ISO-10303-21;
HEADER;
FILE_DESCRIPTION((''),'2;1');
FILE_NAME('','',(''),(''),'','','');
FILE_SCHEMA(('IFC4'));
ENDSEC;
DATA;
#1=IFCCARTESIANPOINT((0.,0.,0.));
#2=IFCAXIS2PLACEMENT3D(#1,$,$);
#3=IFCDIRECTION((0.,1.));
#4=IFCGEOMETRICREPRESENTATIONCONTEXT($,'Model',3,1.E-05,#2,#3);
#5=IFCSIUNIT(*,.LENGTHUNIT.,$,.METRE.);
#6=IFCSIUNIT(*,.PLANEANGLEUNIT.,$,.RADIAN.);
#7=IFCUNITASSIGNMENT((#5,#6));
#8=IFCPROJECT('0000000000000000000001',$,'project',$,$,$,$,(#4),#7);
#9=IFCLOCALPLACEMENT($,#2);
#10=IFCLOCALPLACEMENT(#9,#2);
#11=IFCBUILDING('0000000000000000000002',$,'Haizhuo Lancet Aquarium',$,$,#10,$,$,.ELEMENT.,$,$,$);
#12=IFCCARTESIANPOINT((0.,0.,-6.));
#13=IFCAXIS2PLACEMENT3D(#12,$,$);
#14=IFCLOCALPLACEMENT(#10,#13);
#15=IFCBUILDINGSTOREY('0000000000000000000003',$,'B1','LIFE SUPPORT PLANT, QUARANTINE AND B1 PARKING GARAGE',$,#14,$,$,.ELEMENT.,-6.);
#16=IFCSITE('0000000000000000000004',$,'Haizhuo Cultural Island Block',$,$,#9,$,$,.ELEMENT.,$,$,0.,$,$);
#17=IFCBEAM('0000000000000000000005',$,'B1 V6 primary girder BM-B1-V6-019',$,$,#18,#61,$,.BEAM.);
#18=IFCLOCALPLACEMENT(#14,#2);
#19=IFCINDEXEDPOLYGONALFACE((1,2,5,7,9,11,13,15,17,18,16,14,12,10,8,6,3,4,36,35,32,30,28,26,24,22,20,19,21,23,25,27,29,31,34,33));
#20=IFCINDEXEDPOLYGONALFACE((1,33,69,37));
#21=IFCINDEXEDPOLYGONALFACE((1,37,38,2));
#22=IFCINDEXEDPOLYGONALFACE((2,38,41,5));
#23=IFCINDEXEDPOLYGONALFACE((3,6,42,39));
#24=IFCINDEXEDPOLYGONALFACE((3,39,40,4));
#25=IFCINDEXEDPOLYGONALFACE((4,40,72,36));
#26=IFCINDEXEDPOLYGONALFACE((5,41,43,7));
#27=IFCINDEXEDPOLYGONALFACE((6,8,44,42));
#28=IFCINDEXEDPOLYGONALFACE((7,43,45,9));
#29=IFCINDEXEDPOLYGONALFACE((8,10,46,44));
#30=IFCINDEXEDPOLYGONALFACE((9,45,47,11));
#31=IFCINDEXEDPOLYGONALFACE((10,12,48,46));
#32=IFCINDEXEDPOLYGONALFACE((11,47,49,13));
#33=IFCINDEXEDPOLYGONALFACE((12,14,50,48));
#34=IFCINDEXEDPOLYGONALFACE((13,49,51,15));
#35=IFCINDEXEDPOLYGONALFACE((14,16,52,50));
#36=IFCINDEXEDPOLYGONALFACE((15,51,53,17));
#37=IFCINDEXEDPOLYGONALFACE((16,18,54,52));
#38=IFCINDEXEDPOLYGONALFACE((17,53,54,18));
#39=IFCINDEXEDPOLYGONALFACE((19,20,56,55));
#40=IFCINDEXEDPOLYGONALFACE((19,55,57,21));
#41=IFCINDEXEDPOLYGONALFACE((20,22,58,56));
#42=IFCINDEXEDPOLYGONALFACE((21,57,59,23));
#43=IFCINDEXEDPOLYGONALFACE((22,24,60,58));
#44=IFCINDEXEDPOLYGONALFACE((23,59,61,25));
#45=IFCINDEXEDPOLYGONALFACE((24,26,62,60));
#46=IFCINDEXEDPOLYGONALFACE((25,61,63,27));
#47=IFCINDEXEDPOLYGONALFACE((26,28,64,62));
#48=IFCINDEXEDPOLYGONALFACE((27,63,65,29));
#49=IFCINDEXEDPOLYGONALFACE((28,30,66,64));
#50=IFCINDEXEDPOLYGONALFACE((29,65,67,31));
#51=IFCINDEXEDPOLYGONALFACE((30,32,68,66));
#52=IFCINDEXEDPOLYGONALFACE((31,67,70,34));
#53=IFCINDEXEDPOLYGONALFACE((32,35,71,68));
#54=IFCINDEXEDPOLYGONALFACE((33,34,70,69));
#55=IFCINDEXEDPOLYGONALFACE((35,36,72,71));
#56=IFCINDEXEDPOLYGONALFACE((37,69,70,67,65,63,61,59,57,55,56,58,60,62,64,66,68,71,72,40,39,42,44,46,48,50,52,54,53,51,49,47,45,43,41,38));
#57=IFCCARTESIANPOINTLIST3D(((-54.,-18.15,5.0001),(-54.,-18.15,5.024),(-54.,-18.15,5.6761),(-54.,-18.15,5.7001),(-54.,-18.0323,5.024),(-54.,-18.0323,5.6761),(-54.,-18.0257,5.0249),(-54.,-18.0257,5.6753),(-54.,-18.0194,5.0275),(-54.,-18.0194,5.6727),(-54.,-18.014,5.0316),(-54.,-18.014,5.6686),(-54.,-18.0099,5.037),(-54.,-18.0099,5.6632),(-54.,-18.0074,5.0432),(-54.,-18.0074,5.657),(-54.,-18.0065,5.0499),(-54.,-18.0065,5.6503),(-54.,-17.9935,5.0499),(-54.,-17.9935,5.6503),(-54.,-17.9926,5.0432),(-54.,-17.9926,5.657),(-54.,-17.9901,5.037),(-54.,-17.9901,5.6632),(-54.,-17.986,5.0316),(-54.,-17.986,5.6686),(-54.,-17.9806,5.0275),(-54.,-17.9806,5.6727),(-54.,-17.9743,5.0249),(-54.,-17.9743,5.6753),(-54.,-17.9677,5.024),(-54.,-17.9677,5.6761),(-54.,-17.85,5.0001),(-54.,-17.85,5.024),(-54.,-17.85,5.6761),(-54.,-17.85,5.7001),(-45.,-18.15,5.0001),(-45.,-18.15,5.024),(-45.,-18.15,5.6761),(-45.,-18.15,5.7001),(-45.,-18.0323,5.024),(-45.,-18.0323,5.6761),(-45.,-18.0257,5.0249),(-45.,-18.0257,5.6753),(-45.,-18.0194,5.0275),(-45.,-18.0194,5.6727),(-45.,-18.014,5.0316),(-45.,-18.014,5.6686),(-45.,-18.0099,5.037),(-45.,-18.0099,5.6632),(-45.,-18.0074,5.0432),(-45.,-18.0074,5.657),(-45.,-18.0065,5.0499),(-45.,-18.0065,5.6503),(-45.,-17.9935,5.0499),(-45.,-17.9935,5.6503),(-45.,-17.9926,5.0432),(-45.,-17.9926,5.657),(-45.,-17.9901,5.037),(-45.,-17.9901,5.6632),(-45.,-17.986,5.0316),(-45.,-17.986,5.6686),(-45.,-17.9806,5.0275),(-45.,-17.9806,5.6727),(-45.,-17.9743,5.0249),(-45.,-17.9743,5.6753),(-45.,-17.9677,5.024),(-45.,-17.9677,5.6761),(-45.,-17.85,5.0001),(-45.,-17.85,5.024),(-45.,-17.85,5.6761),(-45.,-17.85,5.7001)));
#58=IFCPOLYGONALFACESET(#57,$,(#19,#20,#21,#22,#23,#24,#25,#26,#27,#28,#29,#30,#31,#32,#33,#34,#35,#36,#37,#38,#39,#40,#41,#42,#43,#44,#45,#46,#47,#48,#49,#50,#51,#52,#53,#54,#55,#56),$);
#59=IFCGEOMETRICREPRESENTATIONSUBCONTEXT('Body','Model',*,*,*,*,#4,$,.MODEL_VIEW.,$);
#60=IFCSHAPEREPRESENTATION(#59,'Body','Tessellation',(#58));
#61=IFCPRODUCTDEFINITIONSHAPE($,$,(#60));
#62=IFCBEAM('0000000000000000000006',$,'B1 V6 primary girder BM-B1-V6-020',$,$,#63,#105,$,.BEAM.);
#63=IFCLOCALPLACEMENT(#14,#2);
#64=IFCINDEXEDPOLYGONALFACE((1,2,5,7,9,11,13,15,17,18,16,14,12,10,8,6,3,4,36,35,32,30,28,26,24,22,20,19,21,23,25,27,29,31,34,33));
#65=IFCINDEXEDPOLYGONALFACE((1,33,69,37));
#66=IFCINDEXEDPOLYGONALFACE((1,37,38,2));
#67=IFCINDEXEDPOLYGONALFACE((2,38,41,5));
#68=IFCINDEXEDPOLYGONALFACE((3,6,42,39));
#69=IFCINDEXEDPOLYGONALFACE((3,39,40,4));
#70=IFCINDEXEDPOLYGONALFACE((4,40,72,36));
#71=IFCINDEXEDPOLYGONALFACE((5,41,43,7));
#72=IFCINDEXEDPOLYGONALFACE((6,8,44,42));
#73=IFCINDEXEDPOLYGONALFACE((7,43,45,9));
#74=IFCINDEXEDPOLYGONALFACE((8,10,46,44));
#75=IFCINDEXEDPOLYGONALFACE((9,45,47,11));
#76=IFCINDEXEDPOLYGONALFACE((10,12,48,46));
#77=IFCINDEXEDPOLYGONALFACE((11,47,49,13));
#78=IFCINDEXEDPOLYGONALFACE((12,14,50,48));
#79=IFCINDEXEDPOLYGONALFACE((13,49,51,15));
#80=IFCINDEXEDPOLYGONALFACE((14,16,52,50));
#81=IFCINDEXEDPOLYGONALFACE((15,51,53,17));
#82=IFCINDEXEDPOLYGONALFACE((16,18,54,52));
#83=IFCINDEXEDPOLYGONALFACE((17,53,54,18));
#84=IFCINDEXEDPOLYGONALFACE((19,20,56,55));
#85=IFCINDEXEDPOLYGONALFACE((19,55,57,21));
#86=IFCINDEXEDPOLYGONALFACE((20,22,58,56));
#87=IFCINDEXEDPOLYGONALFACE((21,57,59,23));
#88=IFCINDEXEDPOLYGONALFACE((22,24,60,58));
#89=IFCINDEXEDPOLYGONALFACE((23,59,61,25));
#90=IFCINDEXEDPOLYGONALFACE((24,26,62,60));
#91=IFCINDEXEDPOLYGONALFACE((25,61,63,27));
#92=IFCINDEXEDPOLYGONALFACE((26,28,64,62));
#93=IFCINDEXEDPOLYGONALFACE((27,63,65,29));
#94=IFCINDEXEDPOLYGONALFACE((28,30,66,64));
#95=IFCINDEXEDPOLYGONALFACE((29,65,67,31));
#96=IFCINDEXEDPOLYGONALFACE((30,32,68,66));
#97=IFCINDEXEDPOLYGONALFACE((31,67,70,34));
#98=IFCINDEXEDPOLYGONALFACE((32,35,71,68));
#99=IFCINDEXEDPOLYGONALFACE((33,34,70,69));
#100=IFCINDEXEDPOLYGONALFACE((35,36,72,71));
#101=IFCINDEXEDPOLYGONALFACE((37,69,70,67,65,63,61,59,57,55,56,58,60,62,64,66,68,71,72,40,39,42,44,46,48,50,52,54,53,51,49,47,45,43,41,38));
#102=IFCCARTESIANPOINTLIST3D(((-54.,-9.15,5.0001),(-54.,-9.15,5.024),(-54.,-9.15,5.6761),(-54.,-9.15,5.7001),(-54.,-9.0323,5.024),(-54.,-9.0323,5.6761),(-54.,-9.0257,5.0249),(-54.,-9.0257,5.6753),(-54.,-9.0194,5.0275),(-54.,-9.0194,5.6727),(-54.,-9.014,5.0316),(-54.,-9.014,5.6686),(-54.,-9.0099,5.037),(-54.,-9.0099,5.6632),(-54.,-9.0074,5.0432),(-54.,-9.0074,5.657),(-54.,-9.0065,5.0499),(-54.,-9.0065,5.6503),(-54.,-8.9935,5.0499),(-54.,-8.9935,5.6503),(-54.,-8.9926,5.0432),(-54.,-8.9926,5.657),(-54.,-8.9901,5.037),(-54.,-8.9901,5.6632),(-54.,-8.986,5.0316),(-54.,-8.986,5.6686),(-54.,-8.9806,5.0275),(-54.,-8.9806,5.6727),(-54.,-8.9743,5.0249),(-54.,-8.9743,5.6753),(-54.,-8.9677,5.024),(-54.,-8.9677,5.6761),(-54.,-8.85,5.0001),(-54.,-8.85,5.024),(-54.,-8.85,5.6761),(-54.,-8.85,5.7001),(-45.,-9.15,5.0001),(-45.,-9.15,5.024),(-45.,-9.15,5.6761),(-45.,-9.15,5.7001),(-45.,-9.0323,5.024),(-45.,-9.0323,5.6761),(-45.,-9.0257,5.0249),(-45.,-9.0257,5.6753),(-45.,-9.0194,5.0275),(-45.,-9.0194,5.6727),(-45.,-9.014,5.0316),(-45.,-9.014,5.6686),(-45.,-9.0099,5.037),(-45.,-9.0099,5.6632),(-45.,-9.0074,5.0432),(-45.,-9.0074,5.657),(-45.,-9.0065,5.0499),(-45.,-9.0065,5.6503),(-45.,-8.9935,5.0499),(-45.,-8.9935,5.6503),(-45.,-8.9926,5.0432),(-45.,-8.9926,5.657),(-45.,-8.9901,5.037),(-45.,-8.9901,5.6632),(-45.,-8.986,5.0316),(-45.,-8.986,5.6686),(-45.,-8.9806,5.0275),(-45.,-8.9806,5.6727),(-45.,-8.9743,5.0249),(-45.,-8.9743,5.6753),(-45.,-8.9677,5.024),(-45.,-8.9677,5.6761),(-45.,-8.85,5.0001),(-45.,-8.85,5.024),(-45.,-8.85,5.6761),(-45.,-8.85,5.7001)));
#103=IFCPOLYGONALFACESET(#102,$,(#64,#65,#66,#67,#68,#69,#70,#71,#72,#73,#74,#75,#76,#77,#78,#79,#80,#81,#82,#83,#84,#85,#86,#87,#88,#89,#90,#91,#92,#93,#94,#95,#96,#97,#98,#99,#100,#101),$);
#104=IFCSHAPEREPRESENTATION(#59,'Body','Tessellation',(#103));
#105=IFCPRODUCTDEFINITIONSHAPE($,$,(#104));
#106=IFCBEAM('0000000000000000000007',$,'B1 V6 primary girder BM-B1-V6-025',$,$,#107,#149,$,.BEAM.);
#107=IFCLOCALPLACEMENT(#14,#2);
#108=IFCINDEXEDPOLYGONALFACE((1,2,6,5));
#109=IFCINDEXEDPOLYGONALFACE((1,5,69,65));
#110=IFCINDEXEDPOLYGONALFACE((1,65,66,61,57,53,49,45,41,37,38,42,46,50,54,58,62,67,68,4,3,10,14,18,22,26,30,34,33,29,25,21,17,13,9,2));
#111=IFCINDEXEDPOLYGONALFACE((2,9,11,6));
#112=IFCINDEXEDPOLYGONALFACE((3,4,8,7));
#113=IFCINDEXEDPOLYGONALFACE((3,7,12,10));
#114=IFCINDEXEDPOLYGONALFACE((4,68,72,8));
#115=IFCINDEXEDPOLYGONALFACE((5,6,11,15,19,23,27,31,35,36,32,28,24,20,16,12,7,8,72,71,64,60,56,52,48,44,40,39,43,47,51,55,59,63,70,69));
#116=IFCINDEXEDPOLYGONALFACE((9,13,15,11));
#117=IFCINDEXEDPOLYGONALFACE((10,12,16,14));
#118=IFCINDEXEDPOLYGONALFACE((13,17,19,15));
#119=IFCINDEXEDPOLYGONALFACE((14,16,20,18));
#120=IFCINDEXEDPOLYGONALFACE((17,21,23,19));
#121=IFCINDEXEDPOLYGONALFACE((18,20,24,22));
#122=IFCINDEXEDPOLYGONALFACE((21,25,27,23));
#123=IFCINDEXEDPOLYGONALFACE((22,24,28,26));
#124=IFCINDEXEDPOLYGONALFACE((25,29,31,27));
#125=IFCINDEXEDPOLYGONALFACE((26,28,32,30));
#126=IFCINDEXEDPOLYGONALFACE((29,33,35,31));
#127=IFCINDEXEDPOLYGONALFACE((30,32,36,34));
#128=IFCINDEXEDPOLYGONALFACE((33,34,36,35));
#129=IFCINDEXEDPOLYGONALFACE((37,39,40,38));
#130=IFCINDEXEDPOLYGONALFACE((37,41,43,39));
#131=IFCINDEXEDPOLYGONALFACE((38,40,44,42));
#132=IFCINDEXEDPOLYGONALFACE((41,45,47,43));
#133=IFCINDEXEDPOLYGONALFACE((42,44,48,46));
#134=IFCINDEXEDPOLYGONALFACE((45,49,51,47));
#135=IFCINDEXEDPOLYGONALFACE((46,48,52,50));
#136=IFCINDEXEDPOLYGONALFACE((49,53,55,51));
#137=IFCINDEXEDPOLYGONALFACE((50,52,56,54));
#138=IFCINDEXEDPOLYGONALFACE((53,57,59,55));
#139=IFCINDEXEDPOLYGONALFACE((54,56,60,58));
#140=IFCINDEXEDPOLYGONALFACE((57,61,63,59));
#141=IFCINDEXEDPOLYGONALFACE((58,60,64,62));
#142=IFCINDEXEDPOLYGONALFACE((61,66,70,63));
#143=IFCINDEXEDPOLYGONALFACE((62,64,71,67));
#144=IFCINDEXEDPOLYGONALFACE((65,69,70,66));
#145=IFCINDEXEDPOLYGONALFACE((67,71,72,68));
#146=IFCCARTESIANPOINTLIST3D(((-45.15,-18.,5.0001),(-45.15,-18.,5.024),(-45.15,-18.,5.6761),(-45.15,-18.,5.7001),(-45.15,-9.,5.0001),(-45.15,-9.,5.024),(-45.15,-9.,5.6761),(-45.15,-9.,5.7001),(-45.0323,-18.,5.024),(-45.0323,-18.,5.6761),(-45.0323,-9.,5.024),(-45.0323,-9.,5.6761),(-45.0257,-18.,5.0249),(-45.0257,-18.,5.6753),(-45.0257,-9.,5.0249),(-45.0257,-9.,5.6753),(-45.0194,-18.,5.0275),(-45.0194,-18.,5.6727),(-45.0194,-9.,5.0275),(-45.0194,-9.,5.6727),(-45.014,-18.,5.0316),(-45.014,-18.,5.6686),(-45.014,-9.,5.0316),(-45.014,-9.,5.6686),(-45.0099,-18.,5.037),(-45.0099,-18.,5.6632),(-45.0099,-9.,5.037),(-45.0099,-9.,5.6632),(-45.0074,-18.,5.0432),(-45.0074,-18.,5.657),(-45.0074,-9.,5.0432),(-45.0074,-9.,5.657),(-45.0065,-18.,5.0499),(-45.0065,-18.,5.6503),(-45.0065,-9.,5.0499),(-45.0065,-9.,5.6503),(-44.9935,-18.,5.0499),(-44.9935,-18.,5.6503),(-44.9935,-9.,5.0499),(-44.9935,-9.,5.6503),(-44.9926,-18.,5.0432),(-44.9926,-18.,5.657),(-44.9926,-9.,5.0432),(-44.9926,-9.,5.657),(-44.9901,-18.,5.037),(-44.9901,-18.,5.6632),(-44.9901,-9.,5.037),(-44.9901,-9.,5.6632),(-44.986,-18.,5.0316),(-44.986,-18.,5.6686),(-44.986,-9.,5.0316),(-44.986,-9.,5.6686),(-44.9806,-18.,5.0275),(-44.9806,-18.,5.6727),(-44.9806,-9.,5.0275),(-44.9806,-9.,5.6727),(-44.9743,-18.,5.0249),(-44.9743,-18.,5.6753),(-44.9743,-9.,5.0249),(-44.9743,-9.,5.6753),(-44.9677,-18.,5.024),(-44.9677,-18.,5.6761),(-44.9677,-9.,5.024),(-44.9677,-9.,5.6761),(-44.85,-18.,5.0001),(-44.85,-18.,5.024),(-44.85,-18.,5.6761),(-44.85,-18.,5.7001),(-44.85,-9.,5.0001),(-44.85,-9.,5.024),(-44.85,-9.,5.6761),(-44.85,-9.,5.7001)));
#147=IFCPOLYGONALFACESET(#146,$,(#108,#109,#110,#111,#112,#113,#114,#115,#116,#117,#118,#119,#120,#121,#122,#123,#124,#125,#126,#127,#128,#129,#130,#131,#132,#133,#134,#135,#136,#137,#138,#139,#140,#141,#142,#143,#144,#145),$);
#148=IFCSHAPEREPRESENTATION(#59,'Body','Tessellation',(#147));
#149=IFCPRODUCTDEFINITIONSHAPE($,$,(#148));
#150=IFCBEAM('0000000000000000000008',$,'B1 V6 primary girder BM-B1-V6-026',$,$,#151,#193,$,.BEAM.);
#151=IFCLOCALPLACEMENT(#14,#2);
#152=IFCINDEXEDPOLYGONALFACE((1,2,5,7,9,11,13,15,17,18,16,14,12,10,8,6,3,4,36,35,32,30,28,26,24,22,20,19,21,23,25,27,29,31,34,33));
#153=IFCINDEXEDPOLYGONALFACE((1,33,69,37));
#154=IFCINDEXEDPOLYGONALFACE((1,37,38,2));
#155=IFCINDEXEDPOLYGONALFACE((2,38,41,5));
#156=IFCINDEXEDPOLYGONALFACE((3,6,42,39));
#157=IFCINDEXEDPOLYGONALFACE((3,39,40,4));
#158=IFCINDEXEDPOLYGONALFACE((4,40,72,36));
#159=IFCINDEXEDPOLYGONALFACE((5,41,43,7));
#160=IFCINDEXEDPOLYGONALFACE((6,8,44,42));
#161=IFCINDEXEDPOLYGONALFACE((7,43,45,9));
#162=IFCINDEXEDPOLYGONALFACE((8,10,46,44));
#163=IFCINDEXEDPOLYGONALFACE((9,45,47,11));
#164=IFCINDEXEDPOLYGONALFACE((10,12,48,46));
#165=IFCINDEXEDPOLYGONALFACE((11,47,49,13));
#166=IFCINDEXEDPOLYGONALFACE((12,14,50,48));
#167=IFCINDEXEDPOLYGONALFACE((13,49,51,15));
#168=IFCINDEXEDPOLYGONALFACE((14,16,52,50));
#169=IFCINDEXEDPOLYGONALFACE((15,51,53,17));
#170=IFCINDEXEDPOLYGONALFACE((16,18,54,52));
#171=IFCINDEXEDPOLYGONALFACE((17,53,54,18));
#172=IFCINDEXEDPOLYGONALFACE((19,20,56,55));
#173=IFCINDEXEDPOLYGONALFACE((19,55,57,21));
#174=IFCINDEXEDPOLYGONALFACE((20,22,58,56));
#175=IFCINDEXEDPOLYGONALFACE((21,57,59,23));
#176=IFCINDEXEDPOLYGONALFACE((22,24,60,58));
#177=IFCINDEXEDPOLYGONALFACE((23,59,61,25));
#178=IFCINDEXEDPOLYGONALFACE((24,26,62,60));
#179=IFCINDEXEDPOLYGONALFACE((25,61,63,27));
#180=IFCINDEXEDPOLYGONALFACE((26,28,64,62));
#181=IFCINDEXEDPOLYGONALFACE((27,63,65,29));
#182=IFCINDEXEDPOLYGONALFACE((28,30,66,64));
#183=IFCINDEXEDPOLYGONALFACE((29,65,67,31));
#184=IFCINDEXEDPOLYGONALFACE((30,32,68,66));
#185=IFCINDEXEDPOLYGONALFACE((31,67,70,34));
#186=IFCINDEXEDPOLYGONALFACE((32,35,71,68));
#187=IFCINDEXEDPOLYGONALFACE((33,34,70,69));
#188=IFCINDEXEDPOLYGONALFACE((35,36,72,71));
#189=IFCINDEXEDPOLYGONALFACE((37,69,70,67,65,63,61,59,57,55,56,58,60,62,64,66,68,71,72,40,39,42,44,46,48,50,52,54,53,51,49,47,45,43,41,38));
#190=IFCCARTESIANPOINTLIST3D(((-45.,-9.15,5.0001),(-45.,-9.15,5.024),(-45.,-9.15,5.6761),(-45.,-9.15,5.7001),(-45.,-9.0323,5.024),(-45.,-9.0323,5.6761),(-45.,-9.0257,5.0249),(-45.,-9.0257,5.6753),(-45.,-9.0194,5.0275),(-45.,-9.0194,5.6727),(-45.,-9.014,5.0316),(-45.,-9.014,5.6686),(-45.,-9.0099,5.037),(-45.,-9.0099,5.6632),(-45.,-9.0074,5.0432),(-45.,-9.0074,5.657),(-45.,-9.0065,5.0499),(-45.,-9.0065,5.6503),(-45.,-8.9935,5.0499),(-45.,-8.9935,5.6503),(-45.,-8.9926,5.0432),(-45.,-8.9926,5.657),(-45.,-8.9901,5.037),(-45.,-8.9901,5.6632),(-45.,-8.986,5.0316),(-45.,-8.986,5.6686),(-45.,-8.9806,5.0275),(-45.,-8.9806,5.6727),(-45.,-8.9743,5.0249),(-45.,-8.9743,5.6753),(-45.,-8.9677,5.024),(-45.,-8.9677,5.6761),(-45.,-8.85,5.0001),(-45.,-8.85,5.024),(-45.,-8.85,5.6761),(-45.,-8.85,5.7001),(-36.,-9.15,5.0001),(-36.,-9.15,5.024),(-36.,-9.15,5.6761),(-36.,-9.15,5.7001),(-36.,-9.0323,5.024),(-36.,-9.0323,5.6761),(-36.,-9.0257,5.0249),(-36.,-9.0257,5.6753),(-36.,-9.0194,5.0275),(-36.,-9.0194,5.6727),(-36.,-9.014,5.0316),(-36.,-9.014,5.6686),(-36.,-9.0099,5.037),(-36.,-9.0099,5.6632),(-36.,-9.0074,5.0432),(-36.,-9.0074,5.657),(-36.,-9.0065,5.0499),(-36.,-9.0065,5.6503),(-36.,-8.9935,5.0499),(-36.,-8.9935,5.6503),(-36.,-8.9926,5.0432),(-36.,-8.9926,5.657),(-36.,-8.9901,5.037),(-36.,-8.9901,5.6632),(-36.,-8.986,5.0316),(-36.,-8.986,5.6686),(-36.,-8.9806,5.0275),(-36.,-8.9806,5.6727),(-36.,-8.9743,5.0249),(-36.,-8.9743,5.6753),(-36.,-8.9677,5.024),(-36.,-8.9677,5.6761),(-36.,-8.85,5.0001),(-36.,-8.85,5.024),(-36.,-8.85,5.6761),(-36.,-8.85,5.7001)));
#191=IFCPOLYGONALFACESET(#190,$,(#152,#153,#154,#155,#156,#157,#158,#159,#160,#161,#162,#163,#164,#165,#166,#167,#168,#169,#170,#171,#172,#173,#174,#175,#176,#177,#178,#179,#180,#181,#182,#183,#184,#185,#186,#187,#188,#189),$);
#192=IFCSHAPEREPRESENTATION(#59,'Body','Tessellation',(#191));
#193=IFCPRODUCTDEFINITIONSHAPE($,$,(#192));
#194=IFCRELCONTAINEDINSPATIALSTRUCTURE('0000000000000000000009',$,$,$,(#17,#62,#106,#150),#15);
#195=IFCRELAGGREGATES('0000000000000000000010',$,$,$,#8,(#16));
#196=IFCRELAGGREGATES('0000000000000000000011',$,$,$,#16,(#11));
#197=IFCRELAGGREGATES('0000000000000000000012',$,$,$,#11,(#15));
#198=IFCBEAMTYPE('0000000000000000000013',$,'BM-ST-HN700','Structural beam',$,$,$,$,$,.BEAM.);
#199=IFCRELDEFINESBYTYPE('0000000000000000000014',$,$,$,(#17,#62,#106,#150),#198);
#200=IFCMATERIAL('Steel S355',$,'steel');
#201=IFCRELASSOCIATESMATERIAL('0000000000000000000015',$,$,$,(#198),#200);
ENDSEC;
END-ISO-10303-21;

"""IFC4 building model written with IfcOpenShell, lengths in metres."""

from ifc_helpers import new_model, si_unit, direction, frame, origin, origin_2d, place, context, subcontext, project, spatial, i_section, extrude, material, material_profile, profile_set, type_object, element, save


model = new_model("IFC4")

# Units and contexts
model_context = context("Model", 3, precision=1e-05, world=origin(), true_north=direction((0.0, 1.0)))
body_context = subcontext(model_context, "Body", "Model", "MODEL_VIEW")
ifc_project = project(units=[si_unit("LENGTHUNIT", "METRE"), si_unit("PLANEANGLEUNIT", "RADIAN")], contexts=[model_context])

# Site, building, storey
site_placement = place(None, origin())
site = spatial("IfcSite", under=ifc_project, at=site_placement, Name="Haizhuo Cultural Island Block", CompositionType="ELEMENT", RefElevation=0.0)
building_placement = place(site_placement, origin())
building = spatial("IfcBuilding", under=site, at=building_placement, Name="Haizhuo Lancet Aquarium", CompositionType="ELEMENT")
storey_placement = place(building_placement, frame((0.0, 0.0, -6.0)))
storey = spatial("IfcBuildingStorey", under=building, at=storey_placement, Name="B1", Description="LIFE SUPPORT PLANT, QUARANTINE AND B1 PARKING GARAGE", CompositionType="ELEMENT", Elevation=-6.0)

# Beams
ifc_material_1 = material(Name="Steel S355", Category="steel")
ifc_material_profile_1 = material_profile(ifc_material_1, i_section(OverallWidth=0.3, OverallDepth=0.7, WebThickness=0.0129, FlangeThickness=0.0239, FilletRadius=0.0259, at=origin_2d()), Name="HN 700x300x13x24")
ifc_profile_set_1 = profile_set([ifc_material_profile_1], Name="Steel S355")
beam_type_1 = type_object("IfcBeamType", Name="BM-ST-HN700", Description="Structural beam", PredefinedType="BEAM", material=ifc_profile_set_1)
for number, where, z_axis, x_axis, name in (
    (1, (-54.0, -18.0, 5.3501), (1.0, 0.0, 0.0), (0.0, 1.0, 0.0), "B1 V6 primary girder BM-B1-V6-019"),
    (2, (-54.0, -9.0, 5.3501), (1.0, 0.0, 0.0), (0.0, 1.0, 0.0), "B1 V6 primary girder BM-B1-V6-020"),
    (3, (-45.0, -18.0, 5.3501), (0.0, 1.0, 0.0), (-1.0, 0.0, 0.0), "B1 V6 primary girder BM-B1-V6-025"),
    (4, (-45.0, -9.0, 5.3501), (1.0, 0.0, 0.0), (0.0, 1.0, 0.0), "B1 V6 primary girder BM-B1-V6-026"),
):
    element("IfcBeam", number, at=place(storey_placement, frame(where, z_axis=z_axis, x_axis=x_axis)), inside=storey, type_object=beam_type_1, Name=name, PredefinedType="BEAM", context=body_context, shape_type="SweptSolid", body=[
        extrude(i_section(OverallWidth=0.3, OverallDepth=0.7, WebThickness=0.0129, FlangeThickness=0.0239, FilletRadius=0.0259, at=origin_2d()), origin(), (0.0, 0.0, 1.0), 9.0),
    ])

save(model, "model.ifc")
